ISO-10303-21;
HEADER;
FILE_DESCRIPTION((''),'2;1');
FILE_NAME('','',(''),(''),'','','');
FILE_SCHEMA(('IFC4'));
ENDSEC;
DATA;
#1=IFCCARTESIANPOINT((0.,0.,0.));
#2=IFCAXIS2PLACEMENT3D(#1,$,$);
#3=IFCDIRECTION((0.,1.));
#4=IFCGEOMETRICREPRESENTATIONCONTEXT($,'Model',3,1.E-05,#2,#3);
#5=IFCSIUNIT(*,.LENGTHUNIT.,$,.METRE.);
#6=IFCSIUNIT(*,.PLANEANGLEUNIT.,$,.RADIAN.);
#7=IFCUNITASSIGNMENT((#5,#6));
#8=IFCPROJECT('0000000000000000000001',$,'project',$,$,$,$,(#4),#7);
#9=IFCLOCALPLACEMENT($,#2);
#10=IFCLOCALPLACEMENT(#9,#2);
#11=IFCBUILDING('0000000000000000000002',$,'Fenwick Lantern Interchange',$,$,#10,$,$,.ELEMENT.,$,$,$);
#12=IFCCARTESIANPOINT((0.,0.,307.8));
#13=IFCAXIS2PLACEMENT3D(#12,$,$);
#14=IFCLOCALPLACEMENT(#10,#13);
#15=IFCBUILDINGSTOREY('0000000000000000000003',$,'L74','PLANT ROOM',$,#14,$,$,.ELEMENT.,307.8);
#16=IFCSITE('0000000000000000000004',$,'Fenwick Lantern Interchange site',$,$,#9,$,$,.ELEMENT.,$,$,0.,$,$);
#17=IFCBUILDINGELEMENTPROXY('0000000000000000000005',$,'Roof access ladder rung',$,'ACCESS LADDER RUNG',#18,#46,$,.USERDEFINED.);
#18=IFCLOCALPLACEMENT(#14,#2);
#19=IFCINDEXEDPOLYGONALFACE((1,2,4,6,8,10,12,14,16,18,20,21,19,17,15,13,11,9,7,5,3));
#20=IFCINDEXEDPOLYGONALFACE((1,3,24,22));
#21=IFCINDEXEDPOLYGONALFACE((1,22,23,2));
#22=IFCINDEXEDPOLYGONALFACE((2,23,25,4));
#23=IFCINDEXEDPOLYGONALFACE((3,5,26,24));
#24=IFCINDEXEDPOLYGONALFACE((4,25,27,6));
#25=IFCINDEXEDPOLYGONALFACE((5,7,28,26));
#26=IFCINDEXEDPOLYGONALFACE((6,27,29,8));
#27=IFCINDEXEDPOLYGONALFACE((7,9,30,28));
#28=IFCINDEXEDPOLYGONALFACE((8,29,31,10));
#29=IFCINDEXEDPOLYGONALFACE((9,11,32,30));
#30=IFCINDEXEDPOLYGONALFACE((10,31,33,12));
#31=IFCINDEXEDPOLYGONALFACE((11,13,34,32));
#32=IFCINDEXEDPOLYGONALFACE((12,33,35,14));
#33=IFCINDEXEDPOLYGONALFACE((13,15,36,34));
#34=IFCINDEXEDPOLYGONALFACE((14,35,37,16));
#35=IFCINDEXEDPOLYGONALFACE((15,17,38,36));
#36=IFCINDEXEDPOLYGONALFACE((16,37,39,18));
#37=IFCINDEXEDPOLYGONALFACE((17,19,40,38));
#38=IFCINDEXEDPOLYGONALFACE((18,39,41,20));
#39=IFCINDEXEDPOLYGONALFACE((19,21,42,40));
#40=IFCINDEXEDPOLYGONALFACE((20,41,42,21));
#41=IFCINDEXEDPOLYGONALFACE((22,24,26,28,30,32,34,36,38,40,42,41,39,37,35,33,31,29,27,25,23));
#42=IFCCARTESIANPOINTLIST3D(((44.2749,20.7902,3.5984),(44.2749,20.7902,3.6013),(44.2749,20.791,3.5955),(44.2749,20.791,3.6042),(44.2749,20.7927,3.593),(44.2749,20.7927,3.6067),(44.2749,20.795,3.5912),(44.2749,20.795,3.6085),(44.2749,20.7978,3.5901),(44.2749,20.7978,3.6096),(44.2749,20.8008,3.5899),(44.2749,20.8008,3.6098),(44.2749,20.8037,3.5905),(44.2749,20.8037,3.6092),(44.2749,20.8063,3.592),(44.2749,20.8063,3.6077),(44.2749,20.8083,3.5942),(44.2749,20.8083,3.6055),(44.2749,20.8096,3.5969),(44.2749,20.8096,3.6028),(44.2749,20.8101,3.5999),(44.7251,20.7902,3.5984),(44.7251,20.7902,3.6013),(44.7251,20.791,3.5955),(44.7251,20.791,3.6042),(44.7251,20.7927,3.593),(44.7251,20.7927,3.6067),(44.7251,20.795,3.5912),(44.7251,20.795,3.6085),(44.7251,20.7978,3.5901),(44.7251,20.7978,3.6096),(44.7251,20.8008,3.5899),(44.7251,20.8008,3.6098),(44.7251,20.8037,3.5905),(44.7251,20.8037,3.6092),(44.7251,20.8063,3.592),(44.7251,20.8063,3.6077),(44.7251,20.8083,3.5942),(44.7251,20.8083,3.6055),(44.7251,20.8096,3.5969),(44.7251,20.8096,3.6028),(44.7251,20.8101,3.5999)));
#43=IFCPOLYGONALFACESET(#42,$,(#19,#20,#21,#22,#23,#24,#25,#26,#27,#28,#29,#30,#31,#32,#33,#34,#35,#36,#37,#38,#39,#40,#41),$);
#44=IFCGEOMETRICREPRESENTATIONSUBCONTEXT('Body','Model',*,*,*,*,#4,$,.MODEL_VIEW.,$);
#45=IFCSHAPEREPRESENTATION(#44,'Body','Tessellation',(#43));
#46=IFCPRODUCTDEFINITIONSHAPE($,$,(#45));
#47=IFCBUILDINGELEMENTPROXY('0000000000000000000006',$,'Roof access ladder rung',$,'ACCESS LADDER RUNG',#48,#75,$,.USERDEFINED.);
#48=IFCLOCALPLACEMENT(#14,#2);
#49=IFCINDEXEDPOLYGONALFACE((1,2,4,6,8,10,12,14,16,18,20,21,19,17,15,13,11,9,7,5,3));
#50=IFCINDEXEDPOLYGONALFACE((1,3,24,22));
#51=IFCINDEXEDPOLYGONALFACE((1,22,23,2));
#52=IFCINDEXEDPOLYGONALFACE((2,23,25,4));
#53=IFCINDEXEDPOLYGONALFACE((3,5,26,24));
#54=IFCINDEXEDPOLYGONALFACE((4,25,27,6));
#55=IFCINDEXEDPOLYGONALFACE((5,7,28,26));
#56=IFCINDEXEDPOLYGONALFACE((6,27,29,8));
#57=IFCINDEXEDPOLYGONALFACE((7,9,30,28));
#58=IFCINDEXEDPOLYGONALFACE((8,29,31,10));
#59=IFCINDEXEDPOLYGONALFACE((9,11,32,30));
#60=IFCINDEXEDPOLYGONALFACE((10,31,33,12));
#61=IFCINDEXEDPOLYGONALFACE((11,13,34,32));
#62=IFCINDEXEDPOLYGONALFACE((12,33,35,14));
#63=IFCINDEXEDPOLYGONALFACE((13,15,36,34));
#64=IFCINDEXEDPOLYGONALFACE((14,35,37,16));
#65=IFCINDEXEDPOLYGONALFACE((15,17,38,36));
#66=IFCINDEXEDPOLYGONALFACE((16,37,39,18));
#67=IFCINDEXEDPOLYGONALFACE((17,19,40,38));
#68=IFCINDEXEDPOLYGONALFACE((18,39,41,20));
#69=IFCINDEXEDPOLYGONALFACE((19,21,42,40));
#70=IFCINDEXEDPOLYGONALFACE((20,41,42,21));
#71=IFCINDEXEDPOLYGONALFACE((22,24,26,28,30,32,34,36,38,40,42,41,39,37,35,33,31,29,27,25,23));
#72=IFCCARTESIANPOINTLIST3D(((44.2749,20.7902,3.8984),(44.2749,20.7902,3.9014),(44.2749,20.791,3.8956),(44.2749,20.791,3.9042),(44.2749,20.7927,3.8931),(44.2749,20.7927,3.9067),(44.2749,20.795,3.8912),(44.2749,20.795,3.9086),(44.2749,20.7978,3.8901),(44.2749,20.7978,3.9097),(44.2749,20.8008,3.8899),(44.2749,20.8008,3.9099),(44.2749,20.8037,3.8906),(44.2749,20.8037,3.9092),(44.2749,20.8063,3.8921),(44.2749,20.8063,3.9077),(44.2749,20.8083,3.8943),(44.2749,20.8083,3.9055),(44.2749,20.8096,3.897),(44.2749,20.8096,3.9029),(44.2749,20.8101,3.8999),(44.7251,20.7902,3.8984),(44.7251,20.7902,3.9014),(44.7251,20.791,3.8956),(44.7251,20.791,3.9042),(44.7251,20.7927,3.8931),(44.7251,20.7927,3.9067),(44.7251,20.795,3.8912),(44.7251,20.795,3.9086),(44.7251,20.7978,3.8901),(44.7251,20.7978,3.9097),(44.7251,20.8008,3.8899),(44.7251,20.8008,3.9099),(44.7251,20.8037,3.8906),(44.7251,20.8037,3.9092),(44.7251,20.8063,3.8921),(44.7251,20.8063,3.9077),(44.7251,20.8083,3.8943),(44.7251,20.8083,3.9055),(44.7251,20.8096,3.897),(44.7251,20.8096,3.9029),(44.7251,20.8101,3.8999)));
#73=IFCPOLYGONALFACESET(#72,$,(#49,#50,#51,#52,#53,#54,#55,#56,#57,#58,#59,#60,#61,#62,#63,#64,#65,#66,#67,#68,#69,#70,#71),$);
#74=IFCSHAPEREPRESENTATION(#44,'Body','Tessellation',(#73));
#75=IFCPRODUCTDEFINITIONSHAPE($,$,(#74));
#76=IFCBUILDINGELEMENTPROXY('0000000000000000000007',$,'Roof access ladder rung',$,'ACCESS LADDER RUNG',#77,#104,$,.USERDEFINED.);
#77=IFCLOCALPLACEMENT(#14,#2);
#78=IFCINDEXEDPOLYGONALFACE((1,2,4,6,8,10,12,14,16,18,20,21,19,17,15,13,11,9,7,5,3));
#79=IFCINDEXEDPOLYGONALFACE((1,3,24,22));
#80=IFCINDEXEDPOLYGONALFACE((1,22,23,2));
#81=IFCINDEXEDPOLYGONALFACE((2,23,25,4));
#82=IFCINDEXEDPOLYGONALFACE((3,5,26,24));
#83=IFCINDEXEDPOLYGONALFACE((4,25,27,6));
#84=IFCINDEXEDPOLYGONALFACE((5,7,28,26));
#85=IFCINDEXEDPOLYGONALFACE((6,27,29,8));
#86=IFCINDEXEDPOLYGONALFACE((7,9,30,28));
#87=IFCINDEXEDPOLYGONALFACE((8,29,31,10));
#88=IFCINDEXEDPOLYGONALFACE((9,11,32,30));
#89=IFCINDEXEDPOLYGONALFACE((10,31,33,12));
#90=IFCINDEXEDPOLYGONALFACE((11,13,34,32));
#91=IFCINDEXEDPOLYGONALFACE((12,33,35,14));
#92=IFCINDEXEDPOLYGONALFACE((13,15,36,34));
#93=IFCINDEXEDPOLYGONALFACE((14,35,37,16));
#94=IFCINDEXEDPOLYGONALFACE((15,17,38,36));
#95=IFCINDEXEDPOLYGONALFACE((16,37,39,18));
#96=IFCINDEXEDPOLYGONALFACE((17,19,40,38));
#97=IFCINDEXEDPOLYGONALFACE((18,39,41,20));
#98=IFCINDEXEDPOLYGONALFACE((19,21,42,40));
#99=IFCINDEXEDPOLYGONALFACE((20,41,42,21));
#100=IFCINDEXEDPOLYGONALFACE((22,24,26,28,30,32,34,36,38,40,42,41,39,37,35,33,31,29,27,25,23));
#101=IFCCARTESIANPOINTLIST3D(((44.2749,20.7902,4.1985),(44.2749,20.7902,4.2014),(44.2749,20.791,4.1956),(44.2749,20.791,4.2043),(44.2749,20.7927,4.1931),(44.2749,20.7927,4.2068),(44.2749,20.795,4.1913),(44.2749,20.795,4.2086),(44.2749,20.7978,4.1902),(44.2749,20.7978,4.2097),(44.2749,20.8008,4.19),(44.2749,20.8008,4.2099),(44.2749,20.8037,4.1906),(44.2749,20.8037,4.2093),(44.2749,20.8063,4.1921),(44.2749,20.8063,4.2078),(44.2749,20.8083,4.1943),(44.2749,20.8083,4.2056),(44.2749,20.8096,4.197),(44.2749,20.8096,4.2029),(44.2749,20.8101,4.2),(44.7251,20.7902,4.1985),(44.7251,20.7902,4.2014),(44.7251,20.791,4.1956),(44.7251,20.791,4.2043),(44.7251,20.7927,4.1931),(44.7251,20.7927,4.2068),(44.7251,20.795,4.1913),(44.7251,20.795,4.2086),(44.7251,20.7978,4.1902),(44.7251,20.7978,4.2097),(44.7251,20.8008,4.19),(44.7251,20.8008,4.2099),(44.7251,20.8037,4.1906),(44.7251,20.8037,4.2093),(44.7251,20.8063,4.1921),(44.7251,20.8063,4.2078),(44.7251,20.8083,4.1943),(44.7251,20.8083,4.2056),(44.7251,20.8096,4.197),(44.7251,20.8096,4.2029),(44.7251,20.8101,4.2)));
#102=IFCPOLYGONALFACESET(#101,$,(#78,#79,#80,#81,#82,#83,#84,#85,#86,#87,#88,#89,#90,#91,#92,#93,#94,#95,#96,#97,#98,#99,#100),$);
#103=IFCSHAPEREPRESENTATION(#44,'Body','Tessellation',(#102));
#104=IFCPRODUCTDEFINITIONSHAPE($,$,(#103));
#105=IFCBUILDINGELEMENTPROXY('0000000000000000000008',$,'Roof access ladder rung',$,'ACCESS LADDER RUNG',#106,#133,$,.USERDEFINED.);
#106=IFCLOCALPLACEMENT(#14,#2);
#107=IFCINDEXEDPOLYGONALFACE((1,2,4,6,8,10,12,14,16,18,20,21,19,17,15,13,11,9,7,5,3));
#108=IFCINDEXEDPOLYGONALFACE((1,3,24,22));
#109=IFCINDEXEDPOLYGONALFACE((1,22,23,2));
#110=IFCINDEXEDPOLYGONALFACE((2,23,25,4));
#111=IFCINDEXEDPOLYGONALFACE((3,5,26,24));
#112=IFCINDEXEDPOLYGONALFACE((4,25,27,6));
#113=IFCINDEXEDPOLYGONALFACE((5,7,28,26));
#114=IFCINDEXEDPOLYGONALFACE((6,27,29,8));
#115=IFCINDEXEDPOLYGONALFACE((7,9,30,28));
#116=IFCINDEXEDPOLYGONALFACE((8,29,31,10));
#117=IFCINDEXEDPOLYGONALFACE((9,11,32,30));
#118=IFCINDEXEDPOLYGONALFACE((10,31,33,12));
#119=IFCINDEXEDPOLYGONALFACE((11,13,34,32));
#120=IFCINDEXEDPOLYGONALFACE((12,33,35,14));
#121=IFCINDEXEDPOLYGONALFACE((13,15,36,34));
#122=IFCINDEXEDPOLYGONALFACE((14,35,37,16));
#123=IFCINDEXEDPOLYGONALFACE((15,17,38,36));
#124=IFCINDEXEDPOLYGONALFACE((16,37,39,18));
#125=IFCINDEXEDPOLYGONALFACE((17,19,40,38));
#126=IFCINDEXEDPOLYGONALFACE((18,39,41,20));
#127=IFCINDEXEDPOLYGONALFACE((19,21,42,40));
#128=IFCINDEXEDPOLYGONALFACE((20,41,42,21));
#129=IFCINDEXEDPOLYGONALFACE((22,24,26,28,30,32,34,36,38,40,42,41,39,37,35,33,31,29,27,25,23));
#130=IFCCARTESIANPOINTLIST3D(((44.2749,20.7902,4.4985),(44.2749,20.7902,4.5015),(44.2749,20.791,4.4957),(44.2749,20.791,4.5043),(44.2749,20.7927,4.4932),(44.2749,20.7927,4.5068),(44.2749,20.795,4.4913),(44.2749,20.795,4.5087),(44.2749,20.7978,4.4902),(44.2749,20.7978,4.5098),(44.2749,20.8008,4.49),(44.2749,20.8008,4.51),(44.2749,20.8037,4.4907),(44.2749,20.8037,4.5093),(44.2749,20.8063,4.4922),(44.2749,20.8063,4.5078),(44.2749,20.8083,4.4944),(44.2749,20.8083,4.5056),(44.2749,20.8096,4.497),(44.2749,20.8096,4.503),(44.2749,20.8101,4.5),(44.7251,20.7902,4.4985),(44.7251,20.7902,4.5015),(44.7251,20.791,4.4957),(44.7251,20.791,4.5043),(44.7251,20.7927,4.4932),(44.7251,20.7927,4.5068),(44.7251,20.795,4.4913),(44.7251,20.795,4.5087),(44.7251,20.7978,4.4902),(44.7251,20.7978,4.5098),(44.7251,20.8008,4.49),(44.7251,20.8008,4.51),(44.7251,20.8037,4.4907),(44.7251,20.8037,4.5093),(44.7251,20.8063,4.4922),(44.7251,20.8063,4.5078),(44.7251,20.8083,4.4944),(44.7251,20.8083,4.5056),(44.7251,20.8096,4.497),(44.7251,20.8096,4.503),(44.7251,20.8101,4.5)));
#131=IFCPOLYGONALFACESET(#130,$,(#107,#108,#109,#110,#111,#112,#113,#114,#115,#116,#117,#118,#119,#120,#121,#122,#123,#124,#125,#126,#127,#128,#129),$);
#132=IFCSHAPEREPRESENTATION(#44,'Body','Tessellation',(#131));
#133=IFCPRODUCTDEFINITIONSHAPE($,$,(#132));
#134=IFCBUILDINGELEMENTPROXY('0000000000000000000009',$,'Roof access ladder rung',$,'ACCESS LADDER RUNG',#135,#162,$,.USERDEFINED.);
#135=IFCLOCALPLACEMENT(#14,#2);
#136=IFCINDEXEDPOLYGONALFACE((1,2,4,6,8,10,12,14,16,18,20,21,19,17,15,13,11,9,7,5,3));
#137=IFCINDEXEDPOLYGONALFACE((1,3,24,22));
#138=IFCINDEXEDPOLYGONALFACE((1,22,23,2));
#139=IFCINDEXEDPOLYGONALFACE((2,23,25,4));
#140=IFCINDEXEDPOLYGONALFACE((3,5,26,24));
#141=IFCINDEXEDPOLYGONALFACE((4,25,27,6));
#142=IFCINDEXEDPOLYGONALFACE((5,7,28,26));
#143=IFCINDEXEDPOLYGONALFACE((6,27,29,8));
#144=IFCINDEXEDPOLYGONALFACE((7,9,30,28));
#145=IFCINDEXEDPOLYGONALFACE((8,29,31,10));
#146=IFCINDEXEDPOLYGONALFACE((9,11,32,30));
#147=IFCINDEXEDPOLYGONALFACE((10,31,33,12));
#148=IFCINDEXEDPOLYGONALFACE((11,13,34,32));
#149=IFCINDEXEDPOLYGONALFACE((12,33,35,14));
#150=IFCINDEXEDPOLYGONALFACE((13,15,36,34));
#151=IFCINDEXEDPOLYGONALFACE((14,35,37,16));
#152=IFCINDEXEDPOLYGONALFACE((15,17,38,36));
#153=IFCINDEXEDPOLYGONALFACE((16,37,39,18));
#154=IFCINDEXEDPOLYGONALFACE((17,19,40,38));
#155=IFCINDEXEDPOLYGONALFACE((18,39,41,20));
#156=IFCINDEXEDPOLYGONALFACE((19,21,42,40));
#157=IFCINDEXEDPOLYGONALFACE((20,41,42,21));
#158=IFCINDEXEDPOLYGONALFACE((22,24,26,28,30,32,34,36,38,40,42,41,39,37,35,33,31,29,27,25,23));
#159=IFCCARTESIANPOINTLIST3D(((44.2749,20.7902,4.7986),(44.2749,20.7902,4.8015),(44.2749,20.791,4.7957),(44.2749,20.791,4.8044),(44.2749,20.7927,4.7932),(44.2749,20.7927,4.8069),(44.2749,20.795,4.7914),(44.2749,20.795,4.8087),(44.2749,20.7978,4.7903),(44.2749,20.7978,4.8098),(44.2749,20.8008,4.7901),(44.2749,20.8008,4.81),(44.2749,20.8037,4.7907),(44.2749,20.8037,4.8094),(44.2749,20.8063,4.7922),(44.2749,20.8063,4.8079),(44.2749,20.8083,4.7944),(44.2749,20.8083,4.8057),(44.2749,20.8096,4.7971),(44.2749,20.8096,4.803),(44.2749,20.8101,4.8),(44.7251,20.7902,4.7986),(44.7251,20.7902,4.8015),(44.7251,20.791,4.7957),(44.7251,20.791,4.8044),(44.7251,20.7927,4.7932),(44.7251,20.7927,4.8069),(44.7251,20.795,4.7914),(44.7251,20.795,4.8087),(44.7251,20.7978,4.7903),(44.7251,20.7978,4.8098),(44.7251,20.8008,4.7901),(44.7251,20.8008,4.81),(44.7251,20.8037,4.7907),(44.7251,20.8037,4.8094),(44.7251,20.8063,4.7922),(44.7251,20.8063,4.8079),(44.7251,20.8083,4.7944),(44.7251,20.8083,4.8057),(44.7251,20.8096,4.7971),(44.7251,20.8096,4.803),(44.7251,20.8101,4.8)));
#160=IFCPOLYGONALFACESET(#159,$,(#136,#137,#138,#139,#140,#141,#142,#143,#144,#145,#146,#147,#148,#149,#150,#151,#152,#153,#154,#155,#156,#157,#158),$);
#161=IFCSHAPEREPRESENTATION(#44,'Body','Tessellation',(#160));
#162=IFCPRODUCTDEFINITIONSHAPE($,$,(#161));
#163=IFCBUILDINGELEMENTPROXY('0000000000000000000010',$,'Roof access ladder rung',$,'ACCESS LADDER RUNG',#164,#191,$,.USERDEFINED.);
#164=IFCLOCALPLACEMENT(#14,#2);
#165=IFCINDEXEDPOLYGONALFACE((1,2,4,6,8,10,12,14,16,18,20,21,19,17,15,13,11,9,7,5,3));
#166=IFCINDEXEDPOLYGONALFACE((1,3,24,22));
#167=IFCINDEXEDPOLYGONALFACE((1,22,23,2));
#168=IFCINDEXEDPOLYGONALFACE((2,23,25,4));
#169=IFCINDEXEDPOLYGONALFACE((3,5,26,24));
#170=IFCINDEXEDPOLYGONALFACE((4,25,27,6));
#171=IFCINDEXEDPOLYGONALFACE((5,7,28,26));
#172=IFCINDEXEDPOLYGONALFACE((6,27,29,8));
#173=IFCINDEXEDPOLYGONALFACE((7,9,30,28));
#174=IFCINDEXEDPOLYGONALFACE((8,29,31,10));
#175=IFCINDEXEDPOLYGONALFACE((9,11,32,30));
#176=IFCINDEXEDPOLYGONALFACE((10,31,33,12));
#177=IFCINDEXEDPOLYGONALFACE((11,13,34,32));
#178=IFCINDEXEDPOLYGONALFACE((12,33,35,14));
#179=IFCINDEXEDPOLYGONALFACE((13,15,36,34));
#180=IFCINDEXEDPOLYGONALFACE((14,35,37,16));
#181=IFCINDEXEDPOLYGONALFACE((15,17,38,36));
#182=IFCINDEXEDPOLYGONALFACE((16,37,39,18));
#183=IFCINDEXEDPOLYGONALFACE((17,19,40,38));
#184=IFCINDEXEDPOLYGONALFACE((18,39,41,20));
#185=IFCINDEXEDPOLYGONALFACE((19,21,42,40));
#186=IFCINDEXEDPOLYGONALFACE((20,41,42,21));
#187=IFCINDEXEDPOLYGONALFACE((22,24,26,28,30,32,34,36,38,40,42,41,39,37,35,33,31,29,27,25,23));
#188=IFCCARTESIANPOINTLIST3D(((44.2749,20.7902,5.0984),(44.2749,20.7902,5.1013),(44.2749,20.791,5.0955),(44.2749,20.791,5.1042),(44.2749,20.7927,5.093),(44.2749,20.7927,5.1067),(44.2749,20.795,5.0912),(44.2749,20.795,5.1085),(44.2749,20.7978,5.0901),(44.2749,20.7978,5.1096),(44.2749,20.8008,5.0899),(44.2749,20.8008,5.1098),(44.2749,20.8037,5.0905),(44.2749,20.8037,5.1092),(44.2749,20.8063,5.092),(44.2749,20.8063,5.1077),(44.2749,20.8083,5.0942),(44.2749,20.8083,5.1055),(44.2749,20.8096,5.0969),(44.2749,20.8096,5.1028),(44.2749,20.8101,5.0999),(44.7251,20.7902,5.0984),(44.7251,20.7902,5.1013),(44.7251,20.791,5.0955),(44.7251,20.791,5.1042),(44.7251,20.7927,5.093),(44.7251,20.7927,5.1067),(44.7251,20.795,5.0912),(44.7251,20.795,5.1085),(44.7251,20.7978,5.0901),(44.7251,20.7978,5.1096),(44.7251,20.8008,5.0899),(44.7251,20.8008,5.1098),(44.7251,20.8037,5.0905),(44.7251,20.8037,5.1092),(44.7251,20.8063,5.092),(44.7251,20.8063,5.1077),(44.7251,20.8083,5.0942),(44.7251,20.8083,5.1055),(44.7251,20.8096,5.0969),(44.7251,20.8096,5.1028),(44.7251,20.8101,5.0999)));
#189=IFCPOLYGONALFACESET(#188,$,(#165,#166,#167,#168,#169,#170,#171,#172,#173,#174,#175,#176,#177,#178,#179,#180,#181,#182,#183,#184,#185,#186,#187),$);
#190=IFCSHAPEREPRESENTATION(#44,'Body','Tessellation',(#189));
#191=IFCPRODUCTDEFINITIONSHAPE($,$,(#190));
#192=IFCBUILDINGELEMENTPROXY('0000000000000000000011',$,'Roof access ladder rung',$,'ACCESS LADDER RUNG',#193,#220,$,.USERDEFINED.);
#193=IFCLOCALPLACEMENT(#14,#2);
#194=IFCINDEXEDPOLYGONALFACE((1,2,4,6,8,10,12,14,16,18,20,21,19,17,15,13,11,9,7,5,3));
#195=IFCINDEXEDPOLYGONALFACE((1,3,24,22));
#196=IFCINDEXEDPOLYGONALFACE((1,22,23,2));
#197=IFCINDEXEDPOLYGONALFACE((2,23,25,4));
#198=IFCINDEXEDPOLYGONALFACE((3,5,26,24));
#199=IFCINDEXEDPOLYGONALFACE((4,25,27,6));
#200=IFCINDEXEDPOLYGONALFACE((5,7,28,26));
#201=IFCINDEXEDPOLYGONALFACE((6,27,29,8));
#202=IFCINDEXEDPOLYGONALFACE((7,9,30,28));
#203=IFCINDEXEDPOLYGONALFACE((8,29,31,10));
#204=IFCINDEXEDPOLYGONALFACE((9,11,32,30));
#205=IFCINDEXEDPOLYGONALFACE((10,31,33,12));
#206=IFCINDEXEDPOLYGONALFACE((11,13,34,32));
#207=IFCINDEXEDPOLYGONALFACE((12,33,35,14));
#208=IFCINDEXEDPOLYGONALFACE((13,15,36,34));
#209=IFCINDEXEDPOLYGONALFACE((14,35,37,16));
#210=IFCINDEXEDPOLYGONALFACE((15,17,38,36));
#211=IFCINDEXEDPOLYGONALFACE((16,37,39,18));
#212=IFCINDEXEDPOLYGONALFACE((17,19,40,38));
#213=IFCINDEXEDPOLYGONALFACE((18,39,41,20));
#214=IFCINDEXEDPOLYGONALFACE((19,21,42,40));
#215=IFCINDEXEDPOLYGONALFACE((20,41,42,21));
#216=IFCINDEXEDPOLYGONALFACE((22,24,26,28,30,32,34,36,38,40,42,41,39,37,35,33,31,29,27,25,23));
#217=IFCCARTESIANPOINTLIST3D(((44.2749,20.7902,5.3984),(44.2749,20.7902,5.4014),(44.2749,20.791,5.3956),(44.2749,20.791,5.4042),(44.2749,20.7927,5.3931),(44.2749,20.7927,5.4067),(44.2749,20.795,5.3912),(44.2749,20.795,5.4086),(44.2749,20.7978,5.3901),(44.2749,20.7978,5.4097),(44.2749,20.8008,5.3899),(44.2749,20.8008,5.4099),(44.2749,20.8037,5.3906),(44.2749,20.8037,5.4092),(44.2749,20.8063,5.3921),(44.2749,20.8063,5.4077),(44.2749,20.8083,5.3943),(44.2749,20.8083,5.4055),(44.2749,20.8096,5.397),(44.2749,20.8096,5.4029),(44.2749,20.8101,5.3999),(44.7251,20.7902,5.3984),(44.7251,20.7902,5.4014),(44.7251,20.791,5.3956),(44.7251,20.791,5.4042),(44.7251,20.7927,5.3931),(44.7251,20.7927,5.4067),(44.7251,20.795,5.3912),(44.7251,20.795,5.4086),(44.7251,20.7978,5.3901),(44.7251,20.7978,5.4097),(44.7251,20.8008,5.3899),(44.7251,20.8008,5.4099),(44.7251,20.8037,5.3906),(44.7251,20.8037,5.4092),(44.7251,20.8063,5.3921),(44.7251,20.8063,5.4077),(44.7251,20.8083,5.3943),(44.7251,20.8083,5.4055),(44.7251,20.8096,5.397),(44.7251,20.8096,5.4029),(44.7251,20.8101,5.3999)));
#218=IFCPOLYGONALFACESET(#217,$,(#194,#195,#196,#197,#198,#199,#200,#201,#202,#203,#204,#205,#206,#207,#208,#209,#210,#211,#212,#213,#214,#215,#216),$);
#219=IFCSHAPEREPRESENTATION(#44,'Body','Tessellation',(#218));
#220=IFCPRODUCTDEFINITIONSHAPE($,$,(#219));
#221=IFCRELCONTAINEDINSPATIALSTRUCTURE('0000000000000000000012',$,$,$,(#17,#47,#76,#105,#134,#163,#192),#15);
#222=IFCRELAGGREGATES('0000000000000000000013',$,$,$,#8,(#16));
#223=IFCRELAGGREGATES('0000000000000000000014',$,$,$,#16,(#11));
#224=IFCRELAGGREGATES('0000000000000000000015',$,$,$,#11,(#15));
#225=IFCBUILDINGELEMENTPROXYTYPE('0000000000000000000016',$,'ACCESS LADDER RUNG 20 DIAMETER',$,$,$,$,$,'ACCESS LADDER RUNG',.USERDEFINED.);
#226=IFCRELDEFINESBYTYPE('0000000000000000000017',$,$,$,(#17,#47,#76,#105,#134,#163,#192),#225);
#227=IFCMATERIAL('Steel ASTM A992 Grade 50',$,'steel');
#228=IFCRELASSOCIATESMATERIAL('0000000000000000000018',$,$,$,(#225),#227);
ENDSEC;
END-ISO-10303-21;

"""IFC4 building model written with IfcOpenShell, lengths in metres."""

from ifc_helpers import new_model, si_unit, direction, frame, origin, origin_2d, place, context, subcontext, project, spatial, circle, extrude, material, material_profile, profile_set, type_object, element, save


model = new_model("IFC4")

# Units and contexts
model_context = context("Model", 3, precision=1e-05, world=origin(), true_north=direction((0.0, 1.0)))
body_context = subcontext(model_context, "Body", "Model", "MODEL_VIEW")
ifc_project = project(units=[si_unit("LENGTHUNIT", "METRE"), si_unit("PLANEANGLEUNIT", "RADIAN")], contexts=[model_context])

# Site, building, storey
site_placement = place(None, origin())
site = spatial("IfcSite", under=ifc_project, at=site_placement, Name="Fenwick Lantern Interchange site", CompositionType="ELEMENT", RefElevation=0.0)
building_placement = place(site_placement, origin())
building = spatial("IfcBuilding", under=site, at=building_placement, Name="Fenwick Lantern Interchange", CompositionType="ELEMENT")
storey_placement = place(building_placement, frame((0.0, 0.0, 307.8)))
storey = spatial("IfcBuildingStorey", under=building, at=storey_placement, Name="L74", Description="PLANT ROOM", CompositionType="ELEMENT", Elevation=307.8)

# Shared definitions
ifc_material_1 = material(Name="Steel ASTM A992 Grade 50", Category="steel")

# Building element proxies
ifc_material_profile_1 = material_profile(ifc_material_1, circle(Radius=0.01, at=origin_2d()), Name="RB20")
ifc_profile_set_1 = profile_set([ifc_material_profile_1], Name="Steel ASTM A992 Grade 50")
building_element_proxy_type_1 = type_object("IfcBuildingElementProxyType", Name="ACCESS LADDER RUNG 20 DIAMETER", ElementType="ACCESS LADDER RUNG", PredefinedType="USERDEFINED", material=ifc_profile_set_1)
for number, where, z_axis, x_axis, name in (
    (1, (44.2749, 20.8, 3.5999), (1.0, 0.0, 0.0), (0.0, 1.0, 0.0), "Roof access ladder rung"),
    (2, (44.2749, 20.8, 3.8999), (1.0, 0.0, 0.0), (0.0, 1.0, 0.0), "Roof access ladder rung"),
    (3, (44.2749, 20.8, 4.2), (1.0, 0.0, 0.0), (0.0, 1.0, 0.0), "Roof access ladder rung"),
    (4, (44.2749, 20.8, 4.5), (1.0, 0.0, 0.0), (0.0, 1.0, 0.0), "Roof access ladder rung"),
    (5, (44.2749, 20.8, 4.8), (1.0, 0.0, 0.0), (0.0, 1.0, 0.0), "Roof access ladder rung"),
    (6, (44.2749, 20.8, 5.0999), (1.0, 0.0, 0.0), (0.0, 1.0, 0.0), "Roof access ladder rung"),
    (7, (44.2749, 20.8, 5.3999), (1.0, 0.0, 0.0), (0.0, 1.0, 0.0), "Roof access ladder rung"),
):
    element("IfcBuildingElementProxy", number, at=place(storey_placement, frame(where, z_axis=z_axis, x_axis=x_axis)), inside=storey, type_object=building_element_proxy_type_1, Name=name, ObjectType="ACCESS LADDER RUNG", PredefinedType="USERDEFINED", context=body_context, shape_type="SweptSolid", body=[
        extrude(circle(Radius=0.01, at=origin_2d()), origin(), (0.0, 0.0, 1.0), 0.4502),
    ])

save(model, "model.ifc")
